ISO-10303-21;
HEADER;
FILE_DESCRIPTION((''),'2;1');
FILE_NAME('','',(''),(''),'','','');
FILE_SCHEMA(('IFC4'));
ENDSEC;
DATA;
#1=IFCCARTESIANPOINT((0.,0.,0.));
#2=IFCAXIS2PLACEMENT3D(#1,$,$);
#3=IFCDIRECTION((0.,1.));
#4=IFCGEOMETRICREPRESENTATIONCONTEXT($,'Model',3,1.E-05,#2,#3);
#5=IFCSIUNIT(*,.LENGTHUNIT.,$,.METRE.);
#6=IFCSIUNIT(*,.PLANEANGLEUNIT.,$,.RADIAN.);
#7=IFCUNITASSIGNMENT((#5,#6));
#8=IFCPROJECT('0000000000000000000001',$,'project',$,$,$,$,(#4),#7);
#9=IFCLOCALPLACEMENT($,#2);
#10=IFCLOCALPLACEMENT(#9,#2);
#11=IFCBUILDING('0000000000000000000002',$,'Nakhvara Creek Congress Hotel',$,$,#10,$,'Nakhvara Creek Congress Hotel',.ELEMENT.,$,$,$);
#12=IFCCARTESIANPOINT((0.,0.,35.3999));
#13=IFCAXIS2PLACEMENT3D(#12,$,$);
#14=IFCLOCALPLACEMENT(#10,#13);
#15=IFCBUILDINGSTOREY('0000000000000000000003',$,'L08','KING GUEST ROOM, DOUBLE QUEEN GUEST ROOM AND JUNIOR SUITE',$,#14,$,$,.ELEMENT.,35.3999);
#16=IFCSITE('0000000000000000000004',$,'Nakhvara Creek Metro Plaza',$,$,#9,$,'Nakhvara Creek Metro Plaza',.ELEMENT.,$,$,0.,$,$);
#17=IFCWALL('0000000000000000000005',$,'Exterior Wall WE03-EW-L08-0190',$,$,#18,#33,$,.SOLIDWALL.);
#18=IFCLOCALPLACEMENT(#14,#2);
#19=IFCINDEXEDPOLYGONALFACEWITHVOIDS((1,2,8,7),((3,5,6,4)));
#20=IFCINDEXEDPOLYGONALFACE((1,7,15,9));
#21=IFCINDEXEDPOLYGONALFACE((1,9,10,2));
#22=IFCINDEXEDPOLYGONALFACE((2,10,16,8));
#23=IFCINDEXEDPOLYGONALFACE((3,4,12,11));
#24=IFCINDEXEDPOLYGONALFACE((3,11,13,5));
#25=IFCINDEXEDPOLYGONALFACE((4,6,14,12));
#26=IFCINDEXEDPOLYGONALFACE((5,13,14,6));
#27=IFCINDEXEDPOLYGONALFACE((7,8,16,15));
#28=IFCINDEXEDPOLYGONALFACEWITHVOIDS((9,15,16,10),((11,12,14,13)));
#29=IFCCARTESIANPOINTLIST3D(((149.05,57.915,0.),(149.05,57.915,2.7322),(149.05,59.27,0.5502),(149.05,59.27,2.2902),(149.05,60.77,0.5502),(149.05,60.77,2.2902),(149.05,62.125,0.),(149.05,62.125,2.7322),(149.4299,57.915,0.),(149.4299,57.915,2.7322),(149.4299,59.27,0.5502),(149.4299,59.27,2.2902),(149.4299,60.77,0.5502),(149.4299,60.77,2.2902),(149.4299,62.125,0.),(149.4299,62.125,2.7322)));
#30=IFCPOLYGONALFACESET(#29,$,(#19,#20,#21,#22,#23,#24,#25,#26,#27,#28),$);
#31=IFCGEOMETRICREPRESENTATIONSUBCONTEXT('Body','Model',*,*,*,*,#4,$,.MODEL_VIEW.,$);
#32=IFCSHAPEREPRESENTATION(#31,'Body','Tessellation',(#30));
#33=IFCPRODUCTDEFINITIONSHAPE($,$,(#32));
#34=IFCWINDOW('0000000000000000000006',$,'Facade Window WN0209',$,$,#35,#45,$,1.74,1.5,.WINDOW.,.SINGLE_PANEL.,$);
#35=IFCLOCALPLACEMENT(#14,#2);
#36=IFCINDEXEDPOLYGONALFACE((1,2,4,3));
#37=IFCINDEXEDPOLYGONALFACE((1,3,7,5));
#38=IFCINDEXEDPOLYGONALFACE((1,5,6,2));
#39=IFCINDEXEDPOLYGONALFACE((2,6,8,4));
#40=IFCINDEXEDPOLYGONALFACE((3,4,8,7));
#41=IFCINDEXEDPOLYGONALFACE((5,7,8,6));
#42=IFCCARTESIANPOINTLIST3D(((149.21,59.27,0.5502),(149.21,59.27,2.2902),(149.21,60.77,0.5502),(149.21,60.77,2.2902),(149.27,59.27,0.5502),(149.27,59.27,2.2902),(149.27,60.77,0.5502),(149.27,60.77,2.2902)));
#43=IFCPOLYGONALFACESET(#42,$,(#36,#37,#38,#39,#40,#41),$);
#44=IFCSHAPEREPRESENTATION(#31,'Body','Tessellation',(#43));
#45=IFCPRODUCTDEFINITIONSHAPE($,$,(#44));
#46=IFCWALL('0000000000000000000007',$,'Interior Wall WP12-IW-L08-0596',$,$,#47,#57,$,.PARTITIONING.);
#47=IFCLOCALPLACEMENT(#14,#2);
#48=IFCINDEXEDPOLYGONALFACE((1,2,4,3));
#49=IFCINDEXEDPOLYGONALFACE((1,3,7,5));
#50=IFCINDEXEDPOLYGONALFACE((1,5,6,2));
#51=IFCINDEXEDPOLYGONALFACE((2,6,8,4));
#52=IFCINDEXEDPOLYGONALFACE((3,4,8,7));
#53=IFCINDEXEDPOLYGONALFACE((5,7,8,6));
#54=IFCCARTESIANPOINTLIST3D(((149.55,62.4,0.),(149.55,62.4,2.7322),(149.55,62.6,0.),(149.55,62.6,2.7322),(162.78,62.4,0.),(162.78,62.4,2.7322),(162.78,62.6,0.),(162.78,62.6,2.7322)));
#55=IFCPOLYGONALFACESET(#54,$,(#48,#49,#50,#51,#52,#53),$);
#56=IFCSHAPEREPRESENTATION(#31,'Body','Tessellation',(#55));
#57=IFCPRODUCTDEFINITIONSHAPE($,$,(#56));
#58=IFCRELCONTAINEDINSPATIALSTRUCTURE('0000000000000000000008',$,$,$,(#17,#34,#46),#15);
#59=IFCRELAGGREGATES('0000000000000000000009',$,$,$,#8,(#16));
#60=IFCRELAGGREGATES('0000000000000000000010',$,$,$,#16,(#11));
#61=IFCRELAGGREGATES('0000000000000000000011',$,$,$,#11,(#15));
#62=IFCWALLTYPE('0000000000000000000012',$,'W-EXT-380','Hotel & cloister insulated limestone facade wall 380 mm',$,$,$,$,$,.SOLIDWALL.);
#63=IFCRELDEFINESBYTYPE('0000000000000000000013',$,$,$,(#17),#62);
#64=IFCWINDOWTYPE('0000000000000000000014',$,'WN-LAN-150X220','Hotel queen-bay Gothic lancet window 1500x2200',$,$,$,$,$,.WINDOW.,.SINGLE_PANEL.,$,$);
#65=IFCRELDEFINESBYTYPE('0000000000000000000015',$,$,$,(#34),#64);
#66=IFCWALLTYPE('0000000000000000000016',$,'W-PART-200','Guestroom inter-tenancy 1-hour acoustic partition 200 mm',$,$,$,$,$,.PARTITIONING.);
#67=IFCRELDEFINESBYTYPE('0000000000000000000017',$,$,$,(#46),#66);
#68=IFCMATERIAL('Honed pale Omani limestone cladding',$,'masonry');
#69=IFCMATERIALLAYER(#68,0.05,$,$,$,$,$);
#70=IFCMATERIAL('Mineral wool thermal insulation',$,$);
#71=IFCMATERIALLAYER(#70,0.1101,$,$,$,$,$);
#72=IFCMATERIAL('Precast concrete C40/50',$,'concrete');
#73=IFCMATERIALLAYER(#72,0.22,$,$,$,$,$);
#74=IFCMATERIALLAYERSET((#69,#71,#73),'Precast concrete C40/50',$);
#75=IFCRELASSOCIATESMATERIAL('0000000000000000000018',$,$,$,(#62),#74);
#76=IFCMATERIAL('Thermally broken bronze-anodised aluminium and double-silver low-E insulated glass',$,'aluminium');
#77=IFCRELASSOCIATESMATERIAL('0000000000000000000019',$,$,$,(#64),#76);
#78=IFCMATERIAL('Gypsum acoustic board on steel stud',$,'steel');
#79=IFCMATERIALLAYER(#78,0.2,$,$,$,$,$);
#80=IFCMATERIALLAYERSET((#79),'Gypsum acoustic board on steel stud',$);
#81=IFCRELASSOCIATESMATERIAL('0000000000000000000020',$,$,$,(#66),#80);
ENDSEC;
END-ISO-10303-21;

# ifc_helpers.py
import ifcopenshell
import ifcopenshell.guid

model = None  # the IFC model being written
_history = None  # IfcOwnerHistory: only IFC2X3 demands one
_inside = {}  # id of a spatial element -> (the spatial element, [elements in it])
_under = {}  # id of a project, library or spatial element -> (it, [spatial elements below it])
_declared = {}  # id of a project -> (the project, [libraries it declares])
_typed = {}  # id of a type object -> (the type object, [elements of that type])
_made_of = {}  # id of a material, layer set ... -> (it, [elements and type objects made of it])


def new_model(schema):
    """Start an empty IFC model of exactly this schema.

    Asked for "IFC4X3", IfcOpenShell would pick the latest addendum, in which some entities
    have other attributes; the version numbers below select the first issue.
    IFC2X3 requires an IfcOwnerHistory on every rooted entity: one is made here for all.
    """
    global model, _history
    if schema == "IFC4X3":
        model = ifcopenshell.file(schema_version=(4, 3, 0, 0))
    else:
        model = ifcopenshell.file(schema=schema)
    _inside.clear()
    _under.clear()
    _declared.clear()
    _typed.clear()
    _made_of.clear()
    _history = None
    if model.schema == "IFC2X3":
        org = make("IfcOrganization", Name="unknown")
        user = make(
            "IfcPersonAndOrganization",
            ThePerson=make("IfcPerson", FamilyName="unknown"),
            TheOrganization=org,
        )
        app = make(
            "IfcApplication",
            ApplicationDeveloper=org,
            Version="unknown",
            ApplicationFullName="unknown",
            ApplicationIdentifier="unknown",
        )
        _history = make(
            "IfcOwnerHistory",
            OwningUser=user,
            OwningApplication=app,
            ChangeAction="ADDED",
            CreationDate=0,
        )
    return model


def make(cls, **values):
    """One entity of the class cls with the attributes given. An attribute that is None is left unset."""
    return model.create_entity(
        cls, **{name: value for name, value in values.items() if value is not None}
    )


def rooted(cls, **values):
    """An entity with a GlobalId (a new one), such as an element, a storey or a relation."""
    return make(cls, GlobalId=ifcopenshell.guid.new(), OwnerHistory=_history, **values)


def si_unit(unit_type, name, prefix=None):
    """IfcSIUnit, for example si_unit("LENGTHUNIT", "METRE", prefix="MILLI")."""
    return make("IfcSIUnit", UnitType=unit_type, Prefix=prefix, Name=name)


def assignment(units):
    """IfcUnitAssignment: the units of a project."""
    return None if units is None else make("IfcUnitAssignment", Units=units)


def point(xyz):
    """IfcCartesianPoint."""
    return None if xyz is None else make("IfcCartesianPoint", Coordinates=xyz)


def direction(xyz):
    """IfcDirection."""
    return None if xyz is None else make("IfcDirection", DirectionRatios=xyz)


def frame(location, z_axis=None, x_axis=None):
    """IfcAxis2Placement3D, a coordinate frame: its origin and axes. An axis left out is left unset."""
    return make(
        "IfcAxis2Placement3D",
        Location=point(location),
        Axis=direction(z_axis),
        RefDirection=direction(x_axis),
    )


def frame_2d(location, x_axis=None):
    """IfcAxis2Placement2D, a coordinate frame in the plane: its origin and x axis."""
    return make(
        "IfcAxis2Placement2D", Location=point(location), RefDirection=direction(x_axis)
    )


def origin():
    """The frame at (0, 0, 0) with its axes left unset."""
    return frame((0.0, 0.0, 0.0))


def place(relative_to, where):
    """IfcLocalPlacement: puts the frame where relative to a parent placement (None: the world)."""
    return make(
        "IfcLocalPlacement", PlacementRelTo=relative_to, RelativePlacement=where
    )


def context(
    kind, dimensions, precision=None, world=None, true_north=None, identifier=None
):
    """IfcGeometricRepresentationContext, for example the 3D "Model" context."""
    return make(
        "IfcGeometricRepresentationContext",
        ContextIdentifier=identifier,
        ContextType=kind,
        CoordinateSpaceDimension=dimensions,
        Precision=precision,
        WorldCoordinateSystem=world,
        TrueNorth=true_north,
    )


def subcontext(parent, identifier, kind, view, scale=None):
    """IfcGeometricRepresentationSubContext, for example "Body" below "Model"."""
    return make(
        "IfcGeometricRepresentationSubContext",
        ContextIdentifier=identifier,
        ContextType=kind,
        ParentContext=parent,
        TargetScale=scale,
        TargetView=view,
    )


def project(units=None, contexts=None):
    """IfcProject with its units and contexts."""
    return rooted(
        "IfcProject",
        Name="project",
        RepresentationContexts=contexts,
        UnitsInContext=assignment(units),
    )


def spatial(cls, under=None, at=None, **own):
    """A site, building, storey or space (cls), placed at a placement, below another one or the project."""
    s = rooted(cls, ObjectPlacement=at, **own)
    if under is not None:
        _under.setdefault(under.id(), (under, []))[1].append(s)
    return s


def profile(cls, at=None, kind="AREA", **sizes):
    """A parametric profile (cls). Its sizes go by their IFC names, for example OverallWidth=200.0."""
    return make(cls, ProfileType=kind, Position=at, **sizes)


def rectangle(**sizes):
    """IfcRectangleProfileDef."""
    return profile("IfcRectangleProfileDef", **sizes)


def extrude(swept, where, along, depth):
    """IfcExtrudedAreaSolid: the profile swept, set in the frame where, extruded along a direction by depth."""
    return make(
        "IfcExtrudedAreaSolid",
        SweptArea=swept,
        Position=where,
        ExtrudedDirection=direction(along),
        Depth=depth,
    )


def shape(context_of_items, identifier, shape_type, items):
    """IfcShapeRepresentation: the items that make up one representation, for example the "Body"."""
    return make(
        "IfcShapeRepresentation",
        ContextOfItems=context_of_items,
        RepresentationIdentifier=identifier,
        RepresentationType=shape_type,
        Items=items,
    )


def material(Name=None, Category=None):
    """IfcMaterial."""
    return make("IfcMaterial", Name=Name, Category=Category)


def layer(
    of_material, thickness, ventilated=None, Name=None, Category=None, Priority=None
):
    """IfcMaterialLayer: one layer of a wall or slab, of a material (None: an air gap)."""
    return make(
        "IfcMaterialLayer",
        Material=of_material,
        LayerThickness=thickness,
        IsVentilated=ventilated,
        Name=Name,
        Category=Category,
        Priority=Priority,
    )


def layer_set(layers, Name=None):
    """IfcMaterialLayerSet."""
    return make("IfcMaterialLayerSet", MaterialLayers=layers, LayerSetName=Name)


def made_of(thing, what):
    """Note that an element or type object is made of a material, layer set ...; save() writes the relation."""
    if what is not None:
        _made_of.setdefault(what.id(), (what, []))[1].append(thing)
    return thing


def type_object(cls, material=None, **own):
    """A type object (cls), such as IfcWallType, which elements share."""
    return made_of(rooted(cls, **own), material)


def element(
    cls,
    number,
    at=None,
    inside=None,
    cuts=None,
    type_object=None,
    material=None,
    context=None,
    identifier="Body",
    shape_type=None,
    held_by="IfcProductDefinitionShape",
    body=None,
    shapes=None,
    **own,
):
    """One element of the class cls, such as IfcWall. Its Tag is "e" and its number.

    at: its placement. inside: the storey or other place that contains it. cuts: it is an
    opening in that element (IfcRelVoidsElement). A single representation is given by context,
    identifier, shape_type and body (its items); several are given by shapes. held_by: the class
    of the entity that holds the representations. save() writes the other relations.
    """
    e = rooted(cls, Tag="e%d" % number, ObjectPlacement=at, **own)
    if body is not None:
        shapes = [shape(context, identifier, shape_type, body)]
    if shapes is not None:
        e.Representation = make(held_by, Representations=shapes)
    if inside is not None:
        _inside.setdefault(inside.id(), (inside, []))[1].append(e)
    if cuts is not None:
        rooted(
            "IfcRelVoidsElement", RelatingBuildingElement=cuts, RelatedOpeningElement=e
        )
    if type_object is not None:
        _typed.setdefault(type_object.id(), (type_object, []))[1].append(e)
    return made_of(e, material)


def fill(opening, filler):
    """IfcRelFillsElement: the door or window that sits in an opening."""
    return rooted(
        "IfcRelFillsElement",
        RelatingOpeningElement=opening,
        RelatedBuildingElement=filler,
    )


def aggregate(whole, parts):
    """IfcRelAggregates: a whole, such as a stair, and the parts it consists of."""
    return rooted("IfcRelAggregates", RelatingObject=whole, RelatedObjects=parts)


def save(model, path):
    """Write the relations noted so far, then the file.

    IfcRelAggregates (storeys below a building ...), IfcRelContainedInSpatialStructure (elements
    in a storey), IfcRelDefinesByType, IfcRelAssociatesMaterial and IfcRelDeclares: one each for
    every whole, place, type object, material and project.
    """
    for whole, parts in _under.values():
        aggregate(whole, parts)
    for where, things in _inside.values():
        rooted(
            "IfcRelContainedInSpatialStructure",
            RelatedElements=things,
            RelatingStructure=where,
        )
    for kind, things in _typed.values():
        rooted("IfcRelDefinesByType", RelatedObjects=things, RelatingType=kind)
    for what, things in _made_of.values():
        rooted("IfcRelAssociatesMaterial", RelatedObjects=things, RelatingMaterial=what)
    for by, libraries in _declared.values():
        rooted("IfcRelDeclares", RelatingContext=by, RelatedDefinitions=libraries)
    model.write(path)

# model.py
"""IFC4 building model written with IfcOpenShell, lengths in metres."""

from ifc_helpers import new_model, si_unit, direction, frame, frame_2d, origin, place, context, subcontext, project, spatial, rectangle, extrude, material, layer, layer_set, type_object, element, fill, save


model = new_model("IFC4")

# Units and contexts
model_context = context("Model", 3, precision=1e-05, world=origin(), true_north=direction((0.0, 1.0)))
body_context = subcontext(model_context, "Body", "Model", "MODEL_VIEW")
ifc_project = project(units=[si_unit("LENGTHUNIT", "METRE"), si_unit("PLANEANGLEUNIT", "RADIAN")], contexts=[model_context])

# Site, building, storey
site_placement = place(None, origin())
site = spatial("IfcSite", under=ifc_project, at=site_placement, Name="Nakhvara Creek Metro Plaza", LongName="Nakhvara Creek Metro Plaza", CompositionType="ELEMENT", RefElevation=0.0)
building_placement = place(site_placement, origin())
building = spatial("IfcBuilding", under=site, at=building_placement, Name="Nakhvara Creek Congress Hotel", LongName="Nakhvara Creek Congress Hotel", CompositionType="ELEMENT")
storey_placement = place(building_placement, frame((0.0, 0.0, 35.3999)))
storey = spatial("IfcBuildingStorey", under=building, at=storey_placement, Name="L08", Description="KING GUEST ROOM, DOUBLE QUEEN GUEST ROOM AND JUNIOR SUITE", CompositionType="ELEMENT", Elevation=35.3999)

# Wall, opening, window
ifc_material_1 = material(Name="Honed pale Omani limestone cladding", Category="masonry")
ifc_layer_1 = layer(ifc_material_1, 0.05)
ifc_material_2 = material(Name="Mineral wool thermal insulation")
ifc_layer_2 = layer(ifc_material_2, 0.1101)
ifc_material_3 = material(Name="Precast concrete C40/50", Category="concrete")
ifc_layer_3 = layer(ifc_material_3, 0.22)
ifc_layer_set_1 = layer_set([ifc_layer_1, ifc_layer_2, ifc_layer_3], Name="Precast concrete C40/50")
wall_type_1 = type_object("IfcWallType", Name="W-EXT-380", Description="Hotel & cloister insulated limestone facade wall 380 mm", PredefinedType="SOLIDWALL", material=ifc_layer_set_1)
wall_1_placement = place(storey_placement, frame((149.24, 57.915, 0.0), z_axis=(0.0, 0.0, 1.0), x_axis=(0.0, 1.0, 0.0)))
wall_1 = element("IfcWall", 1, at=wall_1_placement, inside=storey, type_object=wall_type_1, Name="Exterior Wall WE03-EW-L08-0190", PredefinedType="SOLIDWALL", context=body_context, shape_type="SweptSolid", body=[
    extrude(rectangle(XDim=4.21, YDim=0.3799, at=frame_2d((2.105, 0.0))), origin(), (0.0, 0.0, 1.0), 2.7322),
])
opening_1_placement = place(wall_1_placement, frame((1.355, 0.0, 0.55)))
opening_1 = element("IfcOpeningElement", 2, at=opening_1_placement, cuts=wall_1, PredefinedType="OPENING", context=body_context, shape_type="SweptSolid", body=[
    extrude(rectangle(XDim=1.5, YDim=1.74, at=frame_2d((0.75, 0.8701))), frame((0.0, 0.2019, 0.0), z_axis=(0.0, -1.0, 0.0), x_axis=(1.0, 0.0, 0.0)), (0.0, 0.0, 1.0), 0.4038),
])
ifc_material_4 = material(Name="Thermally broken bronze-anodised aluminium and double-silver low-E insulated glass", Category="aluminium")
window_type = type_object("IfcWindowType", Name="WN-LAN-150X220", Description="Hotel queen-bay Gothic lancet window 1500x2200", PartitioningType="SINGLE_PANEL", PredefinedType="WINDOW", material=ifc_material_4)
window_placement = place(opening_1_placement, origin())
window = element("IfcWindow", 3, at=window_placement, inside=storey, type_object=window_type, Name="Facade Window WN0209", OverallHeight=1.74, OverallWidth=1.5, PartitioningType="SINGLE_PANEL", PredefinedType="WINDOW", context=body_context, shape_type="SweptSolid", body=[
    extrude(rectangle(XDim=1.5, YDim=1.74, at=frame_2d((0.75, 0.8701))), frame((0.0, 0.03, 0.0), z_axis=(0.0, -1.0, 0.0), x_axis=(1.0, 0.0, 0.0)), (0.0, 0.0, 1.0), 0.0601),
])
fill(opening_1, window)

# Wall
ifc_material_5 = material(Name="Gypsum acoustic board on steel stud", Category="steel")
ifc_layer_4 = layer(ifc_material_5, 0.2)
ifc_layer_set_2 = layer_set([ifc_layer_4], Name="Gypsum acoustic board on steel stud")
wall_type_2 = type_object("IfcWallType", Name="W-PART-200", Description="Guestroom inter-tenancy 1-hour acoustic partition 200 mm", PredefinedType="PARTITIONING", material=ifc_layer_set_2)
wall_2_placement = place(storey_placement, frame((149.55, 62.5, 0.0), z_axis=(0.0, 0.0, 1.0), x_axis=(1.0, 0.0, 0.0)))
element("IfcWall", 4, at=wall_2_placement, inside=storey, type_object=wall_type_2, Name="Interior Wall WP12-IW-L08-0596", PredefinedType="PARTITIONING", context=body_context, shape_type="SweptSolid", body=[
    extrude(rectangle(XDim=13.23, YDim=0.2, at=frame_2d((6.615, 0.0))), origin(), (0.0, 0.0, 1.0), 2.7322),
])

save(model, "model.ifc")
